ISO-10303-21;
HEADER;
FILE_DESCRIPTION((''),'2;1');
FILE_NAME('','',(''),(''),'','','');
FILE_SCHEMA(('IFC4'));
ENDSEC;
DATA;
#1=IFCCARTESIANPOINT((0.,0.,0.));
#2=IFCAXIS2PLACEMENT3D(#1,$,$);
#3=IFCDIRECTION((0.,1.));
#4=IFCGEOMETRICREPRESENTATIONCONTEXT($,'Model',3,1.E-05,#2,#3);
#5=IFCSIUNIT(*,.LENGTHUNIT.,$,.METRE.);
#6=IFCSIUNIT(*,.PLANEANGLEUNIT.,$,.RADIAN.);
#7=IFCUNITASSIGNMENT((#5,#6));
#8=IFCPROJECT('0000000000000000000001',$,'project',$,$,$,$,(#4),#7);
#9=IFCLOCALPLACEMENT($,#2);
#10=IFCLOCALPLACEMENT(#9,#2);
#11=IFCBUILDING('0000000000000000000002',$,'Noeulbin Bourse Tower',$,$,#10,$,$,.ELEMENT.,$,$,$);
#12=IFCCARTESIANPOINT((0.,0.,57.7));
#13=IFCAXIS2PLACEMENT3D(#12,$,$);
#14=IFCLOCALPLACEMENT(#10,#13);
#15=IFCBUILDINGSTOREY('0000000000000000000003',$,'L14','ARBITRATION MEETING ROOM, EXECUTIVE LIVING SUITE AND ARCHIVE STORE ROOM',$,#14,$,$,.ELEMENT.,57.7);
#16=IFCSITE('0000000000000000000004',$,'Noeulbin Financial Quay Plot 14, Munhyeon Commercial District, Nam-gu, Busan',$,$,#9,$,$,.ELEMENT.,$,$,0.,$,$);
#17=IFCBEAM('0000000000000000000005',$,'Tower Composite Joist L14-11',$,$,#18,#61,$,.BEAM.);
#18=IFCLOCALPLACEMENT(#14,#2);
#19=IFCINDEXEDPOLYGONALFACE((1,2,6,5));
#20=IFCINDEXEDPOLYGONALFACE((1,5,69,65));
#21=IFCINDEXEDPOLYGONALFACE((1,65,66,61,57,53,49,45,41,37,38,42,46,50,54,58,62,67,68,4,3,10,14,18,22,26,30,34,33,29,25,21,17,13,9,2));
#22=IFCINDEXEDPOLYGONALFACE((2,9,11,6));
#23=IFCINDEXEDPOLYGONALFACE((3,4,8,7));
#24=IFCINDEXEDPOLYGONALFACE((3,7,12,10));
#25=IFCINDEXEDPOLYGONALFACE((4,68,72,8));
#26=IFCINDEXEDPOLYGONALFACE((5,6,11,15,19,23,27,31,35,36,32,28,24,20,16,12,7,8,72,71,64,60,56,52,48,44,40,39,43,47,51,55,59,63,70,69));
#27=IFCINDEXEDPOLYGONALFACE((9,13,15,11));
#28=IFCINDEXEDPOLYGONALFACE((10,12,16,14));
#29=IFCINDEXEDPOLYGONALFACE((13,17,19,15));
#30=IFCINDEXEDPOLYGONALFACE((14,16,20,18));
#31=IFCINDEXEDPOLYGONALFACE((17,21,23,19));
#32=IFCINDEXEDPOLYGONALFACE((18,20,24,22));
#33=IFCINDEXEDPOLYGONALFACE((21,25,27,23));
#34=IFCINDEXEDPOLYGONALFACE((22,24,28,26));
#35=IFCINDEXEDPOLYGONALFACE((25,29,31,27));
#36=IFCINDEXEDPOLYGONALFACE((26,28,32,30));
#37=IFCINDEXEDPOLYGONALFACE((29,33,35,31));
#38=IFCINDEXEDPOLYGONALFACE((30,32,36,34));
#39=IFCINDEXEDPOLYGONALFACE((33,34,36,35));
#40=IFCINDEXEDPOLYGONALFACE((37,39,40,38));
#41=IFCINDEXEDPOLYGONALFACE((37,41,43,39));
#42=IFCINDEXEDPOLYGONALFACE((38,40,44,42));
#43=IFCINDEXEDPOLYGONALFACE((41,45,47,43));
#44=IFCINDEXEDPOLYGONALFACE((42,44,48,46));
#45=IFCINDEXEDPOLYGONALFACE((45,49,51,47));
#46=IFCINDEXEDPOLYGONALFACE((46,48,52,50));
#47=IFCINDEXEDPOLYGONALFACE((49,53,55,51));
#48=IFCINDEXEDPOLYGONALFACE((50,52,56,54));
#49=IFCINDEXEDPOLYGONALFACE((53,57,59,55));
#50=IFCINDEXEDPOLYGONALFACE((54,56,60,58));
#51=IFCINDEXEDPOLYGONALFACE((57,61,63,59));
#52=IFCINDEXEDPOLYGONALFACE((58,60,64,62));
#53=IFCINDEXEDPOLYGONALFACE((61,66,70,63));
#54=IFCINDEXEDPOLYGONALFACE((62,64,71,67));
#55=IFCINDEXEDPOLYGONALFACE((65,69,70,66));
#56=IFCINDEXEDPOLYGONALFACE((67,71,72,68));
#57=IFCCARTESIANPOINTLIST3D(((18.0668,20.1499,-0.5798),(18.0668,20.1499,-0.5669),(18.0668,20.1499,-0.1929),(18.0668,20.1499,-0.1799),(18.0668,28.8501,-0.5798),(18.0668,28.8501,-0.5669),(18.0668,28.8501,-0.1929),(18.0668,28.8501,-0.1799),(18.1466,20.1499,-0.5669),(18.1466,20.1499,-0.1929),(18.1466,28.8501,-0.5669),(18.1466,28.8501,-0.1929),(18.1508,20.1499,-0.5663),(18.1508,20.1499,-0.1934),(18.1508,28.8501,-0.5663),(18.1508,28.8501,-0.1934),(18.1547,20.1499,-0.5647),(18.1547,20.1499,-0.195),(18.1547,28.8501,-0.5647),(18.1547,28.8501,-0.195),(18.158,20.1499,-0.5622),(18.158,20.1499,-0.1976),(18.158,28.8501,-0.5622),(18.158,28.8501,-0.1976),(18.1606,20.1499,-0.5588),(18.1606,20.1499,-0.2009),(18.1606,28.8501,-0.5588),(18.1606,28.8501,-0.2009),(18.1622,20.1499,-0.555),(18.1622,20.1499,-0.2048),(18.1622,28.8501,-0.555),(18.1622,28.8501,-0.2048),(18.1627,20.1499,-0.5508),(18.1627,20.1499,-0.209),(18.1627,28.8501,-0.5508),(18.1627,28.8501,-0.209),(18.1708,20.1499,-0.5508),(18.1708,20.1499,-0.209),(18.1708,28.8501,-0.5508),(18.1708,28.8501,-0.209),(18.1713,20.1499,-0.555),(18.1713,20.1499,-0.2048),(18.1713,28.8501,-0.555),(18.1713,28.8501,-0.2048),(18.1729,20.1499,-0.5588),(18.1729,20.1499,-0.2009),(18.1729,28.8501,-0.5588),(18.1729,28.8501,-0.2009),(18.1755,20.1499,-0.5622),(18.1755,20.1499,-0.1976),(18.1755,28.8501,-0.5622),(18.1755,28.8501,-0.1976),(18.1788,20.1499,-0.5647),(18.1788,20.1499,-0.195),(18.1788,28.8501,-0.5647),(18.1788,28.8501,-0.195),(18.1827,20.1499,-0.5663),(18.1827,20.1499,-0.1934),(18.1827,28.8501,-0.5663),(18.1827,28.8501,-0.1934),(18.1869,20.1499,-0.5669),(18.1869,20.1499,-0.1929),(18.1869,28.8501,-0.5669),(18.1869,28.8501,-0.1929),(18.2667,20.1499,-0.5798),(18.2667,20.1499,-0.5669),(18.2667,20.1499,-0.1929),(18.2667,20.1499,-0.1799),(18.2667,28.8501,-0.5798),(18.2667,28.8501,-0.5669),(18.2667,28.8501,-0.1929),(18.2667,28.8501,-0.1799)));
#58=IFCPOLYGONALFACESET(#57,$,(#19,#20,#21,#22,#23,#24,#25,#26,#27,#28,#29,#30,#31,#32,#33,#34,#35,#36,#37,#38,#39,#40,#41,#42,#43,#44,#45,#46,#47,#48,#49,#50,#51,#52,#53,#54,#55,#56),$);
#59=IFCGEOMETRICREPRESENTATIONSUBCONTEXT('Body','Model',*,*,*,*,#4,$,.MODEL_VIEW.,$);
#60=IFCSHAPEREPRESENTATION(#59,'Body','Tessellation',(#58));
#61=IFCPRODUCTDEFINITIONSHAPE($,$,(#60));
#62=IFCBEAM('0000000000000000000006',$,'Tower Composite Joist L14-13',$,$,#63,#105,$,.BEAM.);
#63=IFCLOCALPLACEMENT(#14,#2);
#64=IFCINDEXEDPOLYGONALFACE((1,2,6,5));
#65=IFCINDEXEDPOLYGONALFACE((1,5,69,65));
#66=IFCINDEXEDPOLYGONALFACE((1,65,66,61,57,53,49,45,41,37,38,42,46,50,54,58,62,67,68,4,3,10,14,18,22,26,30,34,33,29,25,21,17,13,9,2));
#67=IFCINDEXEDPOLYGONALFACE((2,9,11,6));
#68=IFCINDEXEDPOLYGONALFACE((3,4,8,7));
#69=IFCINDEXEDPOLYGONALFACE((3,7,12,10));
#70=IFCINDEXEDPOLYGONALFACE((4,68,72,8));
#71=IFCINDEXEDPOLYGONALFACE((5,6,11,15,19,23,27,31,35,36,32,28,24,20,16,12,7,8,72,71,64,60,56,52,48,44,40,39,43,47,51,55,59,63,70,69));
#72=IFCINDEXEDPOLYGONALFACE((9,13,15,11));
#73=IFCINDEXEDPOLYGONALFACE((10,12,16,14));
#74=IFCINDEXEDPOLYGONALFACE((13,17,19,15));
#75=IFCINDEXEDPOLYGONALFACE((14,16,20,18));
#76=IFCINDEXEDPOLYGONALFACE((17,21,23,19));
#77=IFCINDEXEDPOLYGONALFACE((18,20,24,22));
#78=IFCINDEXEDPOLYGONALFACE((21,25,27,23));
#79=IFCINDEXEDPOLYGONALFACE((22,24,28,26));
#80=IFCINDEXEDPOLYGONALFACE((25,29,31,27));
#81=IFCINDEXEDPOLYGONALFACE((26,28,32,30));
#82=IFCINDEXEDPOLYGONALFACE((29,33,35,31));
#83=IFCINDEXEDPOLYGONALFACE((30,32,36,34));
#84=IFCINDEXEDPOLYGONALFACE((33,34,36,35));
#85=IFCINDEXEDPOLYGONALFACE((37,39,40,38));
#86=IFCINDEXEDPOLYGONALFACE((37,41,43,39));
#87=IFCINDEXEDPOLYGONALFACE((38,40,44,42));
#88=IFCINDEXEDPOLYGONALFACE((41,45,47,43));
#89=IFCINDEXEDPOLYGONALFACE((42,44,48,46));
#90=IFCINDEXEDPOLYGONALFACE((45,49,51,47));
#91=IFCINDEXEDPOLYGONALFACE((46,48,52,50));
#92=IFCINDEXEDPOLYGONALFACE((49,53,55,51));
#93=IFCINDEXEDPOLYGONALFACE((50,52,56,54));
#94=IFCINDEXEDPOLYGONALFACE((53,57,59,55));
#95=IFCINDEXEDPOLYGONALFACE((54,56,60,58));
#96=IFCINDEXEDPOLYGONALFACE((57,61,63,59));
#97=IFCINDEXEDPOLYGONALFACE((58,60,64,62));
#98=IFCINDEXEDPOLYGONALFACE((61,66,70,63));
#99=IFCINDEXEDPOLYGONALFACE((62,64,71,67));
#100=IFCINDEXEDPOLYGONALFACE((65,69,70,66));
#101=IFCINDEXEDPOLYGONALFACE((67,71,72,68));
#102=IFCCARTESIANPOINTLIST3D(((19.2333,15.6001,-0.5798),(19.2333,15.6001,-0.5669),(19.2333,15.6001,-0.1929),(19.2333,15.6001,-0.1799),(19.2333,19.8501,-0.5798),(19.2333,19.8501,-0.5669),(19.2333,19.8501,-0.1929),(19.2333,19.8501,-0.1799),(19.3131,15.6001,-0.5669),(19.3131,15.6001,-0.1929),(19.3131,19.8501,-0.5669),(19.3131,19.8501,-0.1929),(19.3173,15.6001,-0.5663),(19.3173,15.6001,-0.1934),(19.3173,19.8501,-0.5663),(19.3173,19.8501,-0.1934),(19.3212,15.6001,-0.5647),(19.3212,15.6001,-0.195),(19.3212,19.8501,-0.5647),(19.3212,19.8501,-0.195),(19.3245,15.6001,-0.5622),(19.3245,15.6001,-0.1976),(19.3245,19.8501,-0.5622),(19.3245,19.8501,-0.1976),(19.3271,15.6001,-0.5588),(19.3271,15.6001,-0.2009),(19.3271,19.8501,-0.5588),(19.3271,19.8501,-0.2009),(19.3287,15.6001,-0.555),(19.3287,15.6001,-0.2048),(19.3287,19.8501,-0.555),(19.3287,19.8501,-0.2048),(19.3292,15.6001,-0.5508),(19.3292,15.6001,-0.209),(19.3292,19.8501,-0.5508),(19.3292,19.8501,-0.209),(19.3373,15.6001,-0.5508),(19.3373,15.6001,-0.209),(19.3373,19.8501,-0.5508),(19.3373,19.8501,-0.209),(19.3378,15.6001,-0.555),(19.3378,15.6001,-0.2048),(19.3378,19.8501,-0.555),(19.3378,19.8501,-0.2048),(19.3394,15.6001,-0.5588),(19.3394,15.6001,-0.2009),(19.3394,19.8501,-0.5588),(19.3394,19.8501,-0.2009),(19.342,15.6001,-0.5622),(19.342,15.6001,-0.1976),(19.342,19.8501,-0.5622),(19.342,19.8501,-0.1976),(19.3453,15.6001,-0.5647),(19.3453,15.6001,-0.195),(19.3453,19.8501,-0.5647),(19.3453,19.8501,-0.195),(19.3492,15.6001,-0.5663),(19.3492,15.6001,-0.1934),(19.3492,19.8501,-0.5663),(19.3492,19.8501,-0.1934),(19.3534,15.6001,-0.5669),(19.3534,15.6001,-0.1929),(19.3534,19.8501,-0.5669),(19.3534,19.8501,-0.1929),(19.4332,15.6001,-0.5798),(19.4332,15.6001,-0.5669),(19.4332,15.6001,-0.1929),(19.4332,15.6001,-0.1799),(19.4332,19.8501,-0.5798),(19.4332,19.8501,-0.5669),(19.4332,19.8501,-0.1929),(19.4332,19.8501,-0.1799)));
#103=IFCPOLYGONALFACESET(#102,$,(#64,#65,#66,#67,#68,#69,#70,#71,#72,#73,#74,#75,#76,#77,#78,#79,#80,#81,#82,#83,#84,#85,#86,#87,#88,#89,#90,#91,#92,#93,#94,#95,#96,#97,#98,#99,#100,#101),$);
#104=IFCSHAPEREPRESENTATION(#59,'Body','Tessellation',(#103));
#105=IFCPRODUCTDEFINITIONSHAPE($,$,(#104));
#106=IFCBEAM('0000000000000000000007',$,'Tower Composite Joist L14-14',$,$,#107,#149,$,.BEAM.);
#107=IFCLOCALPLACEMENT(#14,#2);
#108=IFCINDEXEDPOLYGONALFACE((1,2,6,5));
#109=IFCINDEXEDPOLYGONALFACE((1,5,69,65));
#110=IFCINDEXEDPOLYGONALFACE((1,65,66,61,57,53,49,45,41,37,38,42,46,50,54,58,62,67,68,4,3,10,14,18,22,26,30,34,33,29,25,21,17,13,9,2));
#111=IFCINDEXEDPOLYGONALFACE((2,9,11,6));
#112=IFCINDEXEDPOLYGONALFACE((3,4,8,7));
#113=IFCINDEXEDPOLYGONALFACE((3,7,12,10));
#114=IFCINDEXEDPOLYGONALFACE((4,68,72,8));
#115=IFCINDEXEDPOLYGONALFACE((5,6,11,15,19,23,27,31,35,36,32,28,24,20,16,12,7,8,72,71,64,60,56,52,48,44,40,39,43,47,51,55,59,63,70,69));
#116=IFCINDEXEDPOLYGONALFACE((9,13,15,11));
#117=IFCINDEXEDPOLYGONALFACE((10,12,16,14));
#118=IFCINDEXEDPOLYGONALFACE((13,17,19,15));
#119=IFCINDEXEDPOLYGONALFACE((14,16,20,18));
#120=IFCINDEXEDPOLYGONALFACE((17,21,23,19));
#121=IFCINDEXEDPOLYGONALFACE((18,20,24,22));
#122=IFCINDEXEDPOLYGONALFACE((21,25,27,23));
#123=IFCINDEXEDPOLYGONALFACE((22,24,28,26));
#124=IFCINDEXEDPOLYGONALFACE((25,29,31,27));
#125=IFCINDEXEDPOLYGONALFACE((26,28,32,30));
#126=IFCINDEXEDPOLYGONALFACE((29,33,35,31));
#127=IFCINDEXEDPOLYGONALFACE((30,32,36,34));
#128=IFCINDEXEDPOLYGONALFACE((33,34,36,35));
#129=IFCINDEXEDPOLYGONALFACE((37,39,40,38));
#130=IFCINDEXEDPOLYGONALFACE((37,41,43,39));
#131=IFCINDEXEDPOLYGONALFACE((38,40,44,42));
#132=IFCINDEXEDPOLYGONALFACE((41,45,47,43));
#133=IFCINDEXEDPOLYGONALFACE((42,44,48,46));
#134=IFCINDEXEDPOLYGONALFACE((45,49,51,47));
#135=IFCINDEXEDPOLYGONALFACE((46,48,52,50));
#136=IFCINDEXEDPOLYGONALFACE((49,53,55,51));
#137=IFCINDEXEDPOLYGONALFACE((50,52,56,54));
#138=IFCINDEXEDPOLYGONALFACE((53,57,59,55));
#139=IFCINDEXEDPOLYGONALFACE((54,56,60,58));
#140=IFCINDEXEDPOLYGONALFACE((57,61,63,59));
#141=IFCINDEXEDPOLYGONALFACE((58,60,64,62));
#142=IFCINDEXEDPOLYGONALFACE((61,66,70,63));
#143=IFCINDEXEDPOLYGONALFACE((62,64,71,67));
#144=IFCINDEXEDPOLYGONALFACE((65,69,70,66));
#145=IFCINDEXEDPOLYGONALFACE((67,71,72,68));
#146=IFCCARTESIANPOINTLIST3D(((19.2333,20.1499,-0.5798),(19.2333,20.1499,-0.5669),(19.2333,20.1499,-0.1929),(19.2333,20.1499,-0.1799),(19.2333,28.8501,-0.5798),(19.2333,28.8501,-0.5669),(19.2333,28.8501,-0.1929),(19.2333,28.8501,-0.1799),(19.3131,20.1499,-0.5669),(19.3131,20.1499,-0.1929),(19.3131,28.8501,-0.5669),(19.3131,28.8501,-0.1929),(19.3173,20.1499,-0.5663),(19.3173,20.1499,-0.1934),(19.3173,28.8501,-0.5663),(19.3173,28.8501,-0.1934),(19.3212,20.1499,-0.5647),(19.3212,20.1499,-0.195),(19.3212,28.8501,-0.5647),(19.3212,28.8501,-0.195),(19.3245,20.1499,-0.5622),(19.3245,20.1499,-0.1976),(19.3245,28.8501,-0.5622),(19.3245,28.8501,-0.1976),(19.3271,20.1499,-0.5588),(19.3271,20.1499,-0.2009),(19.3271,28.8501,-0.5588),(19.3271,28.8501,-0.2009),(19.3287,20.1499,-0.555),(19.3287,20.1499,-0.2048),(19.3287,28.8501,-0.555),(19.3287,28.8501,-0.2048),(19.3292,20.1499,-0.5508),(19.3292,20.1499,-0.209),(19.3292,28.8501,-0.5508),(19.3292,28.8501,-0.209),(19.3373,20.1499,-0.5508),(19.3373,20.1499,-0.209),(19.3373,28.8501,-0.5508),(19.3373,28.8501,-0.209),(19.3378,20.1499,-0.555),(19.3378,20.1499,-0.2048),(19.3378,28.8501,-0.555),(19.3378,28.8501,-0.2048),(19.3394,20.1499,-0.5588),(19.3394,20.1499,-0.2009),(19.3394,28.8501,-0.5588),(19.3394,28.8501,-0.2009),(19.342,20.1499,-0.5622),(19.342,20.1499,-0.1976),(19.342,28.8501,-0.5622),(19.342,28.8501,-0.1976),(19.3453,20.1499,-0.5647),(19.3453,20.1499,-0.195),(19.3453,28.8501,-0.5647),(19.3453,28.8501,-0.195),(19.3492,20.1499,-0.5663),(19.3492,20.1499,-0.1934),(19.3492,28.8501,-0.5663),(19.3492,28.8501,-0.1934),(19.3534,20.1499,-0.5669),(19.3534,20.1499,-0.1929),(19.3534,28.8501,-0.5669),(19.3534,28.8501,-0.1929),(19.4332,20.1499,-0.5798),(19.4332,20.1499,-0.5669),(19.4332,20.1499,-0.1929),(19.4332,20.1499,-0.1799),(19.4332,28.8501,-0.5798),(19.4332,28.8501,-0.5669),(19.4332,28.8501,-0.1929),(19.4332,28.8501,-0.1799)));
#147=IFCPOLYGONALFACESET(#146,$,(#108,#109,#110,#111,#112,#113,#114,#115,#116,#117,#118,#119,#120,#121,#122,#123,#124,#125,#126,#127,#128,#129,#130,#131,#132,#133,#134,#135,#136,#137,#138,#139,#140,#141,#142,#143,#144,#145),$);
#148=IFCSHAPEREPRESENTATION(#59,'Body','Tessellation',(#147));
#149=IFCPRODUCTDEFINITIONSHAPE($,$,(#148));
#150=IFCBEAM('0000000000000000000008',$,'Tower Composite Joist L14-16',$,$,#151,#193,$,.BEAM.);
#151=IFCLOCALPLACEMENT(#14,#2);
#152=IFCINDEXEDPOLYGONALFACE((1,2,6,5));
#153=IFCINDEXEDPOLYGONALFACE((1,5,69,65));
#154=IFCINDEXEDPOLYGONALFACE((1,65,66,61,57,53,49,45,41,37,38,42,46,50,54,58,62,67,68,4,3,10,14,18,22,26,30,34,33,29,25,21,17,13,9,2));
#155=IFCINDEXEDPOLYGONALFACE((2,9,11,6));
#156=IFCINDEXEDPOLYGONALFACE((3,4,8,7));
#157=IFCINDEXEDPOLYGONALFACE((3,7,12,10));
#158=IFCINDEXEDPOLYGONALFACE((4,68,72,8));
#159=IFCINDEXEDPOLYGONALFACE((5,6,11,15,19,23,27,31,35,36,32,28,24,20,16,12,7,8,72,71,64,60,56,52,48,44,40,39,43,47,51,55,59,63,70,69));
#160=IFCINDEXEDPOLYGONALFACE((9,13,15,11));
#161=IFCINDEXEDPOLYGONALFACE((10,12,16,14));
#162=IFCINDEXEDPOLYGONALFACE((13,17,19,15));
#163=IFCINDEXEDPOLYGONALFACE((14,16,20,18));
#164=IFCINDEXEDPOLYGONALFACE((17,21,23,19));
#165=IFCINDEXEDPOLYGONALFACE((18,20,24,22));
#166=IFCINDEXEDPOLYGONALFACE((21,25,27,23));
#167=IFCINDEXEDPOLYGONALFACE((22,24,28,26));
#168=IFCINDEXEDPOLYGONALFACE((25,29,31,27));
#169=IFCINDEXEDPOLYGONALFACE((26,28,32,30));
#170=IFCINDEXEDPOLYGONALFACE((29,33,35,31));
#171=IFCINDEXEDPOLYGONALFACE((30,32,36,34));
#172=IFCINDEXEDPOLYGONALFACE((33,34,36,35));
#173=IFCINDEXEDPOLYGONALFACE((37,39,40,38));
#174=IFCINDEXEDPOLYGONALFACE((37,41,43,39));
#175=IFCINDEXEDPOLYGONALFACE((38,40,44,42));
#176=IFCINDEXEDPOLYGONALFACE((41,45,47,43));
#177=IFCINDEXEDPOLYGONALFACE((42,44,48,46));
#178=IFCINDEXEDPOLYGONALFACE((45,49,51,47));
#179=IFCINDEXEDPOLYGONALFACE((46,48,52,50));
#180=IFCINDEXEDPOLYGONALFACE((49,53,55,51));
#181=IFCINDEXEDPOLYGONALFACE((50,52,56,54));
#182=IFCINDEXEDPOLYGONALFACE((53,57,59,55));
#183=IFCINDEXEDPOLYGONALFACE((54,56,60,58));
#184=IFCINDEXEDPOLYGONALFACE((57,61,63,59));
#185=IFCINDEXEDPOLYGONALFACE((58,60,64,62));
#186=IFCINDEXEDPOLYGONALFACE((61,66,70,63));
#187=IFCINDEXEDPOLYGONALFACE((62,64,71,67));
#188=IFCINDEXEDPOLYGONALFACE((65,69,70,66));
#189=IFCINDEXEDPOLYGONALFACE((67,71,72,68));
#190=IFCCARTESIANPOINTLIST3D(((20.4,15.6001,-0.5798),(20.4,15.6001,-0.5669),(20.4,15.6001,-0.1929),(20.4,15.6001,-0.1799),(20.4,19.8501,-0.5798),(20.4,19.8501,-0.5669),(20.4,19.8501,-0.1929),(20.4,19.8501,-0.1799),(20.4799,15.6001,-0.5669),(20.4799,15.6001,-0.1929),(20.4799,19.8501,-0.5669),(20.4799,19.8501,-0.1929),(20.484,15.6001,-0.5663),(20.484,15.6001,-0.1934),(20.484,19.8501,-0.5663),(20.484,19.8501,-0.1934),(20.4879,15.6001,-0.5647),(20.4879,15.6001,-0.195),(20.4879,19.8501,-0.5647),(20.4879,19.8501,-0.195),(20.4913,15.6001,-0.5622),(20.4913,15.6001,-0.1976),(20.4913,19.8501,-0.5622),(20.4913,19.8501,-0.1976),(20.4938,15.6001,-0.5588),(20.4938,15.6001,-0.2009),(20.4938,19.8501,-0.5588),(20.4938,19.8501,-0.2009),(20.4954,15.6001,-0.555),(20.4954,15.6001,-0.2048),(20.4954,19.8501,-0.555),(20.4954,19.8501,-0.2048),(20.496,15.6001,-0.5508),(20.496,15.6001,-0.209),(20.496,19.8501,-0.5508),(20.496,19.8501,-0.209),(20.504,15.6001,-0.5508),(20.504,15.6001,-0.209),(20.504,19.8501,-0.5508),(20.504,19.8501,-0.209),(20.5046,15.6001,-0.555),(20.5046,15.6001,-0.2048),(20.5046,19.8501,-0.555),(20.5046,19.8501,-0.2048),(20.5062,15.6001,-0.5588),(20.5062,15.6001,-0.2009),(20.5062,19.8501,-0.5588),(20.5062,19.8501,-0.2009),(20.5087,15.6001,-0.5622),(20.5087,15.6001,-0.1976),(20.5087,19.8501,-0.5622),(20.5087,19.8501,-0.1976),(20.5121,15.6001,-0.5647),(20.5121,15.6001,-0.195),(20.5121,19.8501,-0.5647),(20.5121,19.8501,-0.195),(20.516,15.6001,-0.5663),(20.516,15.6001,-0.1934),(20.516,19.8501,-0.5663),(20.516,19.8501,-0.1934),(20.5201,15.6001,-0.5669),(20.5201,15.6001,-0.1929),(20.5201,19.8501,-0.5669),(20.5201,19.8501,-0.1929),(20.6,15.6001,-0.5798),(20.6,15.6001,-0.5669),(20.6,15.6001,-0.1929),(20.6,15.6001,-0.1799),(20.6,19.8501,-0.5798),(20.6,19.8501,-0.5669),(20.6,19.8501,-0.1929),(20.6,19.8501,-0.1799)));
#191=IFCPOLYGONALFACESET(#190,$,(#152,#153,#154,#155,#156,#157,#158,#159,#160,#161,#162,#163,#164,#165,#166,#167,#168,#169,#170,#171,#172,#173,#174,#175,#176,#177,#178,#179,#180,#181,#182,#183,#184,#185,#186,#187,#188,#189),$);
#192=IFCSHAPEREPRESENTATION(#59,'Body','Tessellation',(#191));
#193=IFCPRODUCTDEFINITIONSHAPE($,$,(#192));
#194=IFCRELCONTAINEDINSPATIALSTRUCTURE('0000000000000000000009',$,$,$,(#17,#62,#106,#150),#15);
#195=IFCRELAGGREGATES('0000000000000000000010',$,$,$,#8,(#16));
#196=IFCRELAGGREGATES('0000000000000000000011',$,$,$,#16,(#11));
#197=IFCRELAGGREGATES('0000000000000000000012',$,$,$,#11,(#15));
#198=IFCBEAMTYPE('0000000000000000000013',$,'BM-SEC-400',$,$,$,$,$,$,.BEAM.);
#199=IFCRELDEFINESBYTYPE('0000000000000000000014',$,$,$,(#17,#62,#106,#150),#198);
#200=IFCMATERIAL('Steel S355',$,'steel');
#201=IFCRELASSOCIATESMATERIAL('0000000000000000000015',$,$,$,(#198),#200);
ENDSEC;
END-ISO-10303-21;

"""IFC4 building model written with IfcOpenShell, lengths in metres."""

from ifc_helpers import new_model, si_unit, direction, frame, origin, origin_2d, place, context, subcontext, project, spatial, i_section, extrude, material, material_profile, profile_set, type_object, element, save


model = new_model("IFC4")

# Units and contexts
model_context = context("Model", 3, precision=1e-05, world=origin(), true_north=direction((0.0, 1.0)))
body_context = subcontext(model_context, "Body", "Model", "MODEL_VIEW")
ifc_project = project(units=[si_unit("LENGTHUNIT", "METRE"), si_unit("PLANEANGLEUNIT", "RADIAN")], contexts=[model_context])

# Site, building, storey
site_placement = place(None, origin())
site = spatial("IfcSite", under=ifc_project, at=site_placement, Name="Noeulbin Financial Quay Plot 14, Munhyeon Commercial District, Nam-gu, Busan", CompositionType="ELEMENT", RefElevation=0.0)
building_placement = place(site_placement, origin())
building = spatial("IfcBuilding", under=site, at=building_placement, Name="Noeulbin Bourse Tower", CompositionType="ELEMENT")
storey_placement = place(building_placement, frame((0.0, 0.0, 57.7)))
storey = spatial("IfcBuildingStorey", under=building, at=storey_placement, Name="L14", Description="ARBITRATION MEETING ROOM, EXECUTIVE LIVING SUITE AND ARCHIVE STORE ROOM", CompositionType="ELEMENT", Elevation=57.7)

# Beams
ifc_material_1 = material(Name="Steel S355", Category="steel")
ifc_material_profile_1 = material_profile(ifc_material_1, i_section(OverallWidth=0.2, OverallDepth=0.3999, WebThickness=0.0081, FlangeThickness=0.0129, FilletRadius=0.0161, at=origin_2d()), Name="H-400x200x8x13", Category="LoadBearing")
ifc_profile_set_1 = profile_set([ifc_material_profile_1], Name="Steel S355")
beam_type_1 = type_object("IfcBeamType", Name="BM-SEC-400", PredefinedType="BEAM", material=ifc_profile_set_1)
beam_1_placement = place(storey_placement, frame((18.1667, 20.1499, -0.3799), z_axis=(0.0, 1.0, 0.0), x_axis=(-1.0, 0.0, 0.0)))
element("IfcBeam", 1, at=beam_1_placement, inside=storey, type_object=beam_type_1, Name="Tower Composite Joist L14-11", PredefinedType="BEAM", context=body_context, shape_type="SweptSolid", body=[
    extrude(i_section(OverallWidth=0.2, OverallDepth=0.3999, WebThickness=0.0081, FlangeThickness=0.0129, FilletRadius=0.0161, at=origin_2d()), origin(), (0.0, 0.0, 1.0), 8.7002),
])
beam_2_placement = place(storey_placement, frame((19.3333, 15.6001, -0.3799), z_axis=(0.0, 1.0, 0.0), x_axis=(-1.0, 0.0, 0.0)))
element("IfcBeam", 2, at=beam_2_placement, inside=storey, type_object=beam_type_1, Name="Tower Composite Joist L14-13", PredefinedType="BEAM", context=body_context, shape_type="SweptSolid", body=[
    extrude(i_section(OverallWidth=0.2, OverallDepth=0.3999, WebThickness=0.0081, FlangeThickness=0.0129, FilletRadius=0.0161, at=origin_2d()), origin(), (0.0, 0.0, 1.0), 4.25),
])
beam_3_placement = place(storey_placement, frame((19.3333, 20.1499, -0.3799), z_axis=(0.0, 1.0, 0.0), x_axis=(-1.0, 0.0, 0.0)))
element("IfcBeam", 3, at=beam_3_placement, inside=storey, type_object=beam_type_1, Name="Tower Composite Joist L14-14", PredefinedType="BEAM", context=body_context, shape_type="SweptSolid", body=[
    extrude(i_section(OverallWidth=0.2, OverallDepth=0.3999, WebThickness=0.0081, FlangeThickness=0.0129, FilletRadius=0.0161, at=origin_2d()), origin(), (0.0, 0.0, 1.0), 8.7002),
])
beam_4_placement = place(storey_placement, frame((20.5, 15.6001, -0.3799), z_axis=(0.0, 1.0, 0.0), x_axis=(-1.0, 0.0, 0.0)))
element("IfcBeam", 4, at=beam_4_placement, inside=storey, type_object=beam_type_1, Name="Tower Composite Joist L14-16", PredefinedType="BEAM", context=body_context, shape_type="SweptSolid", body=[
    extrude(i_section(OverallWidth=0.2, OverallDepth=0.3999, WebThickness=0.0081, FlangeThickness=0.0129, FilletRadius=0.0161, at=origin_2d()), origin(), (0.0, 0.0, 1.0), 4.25),
])

save(model, "model.ifc")
